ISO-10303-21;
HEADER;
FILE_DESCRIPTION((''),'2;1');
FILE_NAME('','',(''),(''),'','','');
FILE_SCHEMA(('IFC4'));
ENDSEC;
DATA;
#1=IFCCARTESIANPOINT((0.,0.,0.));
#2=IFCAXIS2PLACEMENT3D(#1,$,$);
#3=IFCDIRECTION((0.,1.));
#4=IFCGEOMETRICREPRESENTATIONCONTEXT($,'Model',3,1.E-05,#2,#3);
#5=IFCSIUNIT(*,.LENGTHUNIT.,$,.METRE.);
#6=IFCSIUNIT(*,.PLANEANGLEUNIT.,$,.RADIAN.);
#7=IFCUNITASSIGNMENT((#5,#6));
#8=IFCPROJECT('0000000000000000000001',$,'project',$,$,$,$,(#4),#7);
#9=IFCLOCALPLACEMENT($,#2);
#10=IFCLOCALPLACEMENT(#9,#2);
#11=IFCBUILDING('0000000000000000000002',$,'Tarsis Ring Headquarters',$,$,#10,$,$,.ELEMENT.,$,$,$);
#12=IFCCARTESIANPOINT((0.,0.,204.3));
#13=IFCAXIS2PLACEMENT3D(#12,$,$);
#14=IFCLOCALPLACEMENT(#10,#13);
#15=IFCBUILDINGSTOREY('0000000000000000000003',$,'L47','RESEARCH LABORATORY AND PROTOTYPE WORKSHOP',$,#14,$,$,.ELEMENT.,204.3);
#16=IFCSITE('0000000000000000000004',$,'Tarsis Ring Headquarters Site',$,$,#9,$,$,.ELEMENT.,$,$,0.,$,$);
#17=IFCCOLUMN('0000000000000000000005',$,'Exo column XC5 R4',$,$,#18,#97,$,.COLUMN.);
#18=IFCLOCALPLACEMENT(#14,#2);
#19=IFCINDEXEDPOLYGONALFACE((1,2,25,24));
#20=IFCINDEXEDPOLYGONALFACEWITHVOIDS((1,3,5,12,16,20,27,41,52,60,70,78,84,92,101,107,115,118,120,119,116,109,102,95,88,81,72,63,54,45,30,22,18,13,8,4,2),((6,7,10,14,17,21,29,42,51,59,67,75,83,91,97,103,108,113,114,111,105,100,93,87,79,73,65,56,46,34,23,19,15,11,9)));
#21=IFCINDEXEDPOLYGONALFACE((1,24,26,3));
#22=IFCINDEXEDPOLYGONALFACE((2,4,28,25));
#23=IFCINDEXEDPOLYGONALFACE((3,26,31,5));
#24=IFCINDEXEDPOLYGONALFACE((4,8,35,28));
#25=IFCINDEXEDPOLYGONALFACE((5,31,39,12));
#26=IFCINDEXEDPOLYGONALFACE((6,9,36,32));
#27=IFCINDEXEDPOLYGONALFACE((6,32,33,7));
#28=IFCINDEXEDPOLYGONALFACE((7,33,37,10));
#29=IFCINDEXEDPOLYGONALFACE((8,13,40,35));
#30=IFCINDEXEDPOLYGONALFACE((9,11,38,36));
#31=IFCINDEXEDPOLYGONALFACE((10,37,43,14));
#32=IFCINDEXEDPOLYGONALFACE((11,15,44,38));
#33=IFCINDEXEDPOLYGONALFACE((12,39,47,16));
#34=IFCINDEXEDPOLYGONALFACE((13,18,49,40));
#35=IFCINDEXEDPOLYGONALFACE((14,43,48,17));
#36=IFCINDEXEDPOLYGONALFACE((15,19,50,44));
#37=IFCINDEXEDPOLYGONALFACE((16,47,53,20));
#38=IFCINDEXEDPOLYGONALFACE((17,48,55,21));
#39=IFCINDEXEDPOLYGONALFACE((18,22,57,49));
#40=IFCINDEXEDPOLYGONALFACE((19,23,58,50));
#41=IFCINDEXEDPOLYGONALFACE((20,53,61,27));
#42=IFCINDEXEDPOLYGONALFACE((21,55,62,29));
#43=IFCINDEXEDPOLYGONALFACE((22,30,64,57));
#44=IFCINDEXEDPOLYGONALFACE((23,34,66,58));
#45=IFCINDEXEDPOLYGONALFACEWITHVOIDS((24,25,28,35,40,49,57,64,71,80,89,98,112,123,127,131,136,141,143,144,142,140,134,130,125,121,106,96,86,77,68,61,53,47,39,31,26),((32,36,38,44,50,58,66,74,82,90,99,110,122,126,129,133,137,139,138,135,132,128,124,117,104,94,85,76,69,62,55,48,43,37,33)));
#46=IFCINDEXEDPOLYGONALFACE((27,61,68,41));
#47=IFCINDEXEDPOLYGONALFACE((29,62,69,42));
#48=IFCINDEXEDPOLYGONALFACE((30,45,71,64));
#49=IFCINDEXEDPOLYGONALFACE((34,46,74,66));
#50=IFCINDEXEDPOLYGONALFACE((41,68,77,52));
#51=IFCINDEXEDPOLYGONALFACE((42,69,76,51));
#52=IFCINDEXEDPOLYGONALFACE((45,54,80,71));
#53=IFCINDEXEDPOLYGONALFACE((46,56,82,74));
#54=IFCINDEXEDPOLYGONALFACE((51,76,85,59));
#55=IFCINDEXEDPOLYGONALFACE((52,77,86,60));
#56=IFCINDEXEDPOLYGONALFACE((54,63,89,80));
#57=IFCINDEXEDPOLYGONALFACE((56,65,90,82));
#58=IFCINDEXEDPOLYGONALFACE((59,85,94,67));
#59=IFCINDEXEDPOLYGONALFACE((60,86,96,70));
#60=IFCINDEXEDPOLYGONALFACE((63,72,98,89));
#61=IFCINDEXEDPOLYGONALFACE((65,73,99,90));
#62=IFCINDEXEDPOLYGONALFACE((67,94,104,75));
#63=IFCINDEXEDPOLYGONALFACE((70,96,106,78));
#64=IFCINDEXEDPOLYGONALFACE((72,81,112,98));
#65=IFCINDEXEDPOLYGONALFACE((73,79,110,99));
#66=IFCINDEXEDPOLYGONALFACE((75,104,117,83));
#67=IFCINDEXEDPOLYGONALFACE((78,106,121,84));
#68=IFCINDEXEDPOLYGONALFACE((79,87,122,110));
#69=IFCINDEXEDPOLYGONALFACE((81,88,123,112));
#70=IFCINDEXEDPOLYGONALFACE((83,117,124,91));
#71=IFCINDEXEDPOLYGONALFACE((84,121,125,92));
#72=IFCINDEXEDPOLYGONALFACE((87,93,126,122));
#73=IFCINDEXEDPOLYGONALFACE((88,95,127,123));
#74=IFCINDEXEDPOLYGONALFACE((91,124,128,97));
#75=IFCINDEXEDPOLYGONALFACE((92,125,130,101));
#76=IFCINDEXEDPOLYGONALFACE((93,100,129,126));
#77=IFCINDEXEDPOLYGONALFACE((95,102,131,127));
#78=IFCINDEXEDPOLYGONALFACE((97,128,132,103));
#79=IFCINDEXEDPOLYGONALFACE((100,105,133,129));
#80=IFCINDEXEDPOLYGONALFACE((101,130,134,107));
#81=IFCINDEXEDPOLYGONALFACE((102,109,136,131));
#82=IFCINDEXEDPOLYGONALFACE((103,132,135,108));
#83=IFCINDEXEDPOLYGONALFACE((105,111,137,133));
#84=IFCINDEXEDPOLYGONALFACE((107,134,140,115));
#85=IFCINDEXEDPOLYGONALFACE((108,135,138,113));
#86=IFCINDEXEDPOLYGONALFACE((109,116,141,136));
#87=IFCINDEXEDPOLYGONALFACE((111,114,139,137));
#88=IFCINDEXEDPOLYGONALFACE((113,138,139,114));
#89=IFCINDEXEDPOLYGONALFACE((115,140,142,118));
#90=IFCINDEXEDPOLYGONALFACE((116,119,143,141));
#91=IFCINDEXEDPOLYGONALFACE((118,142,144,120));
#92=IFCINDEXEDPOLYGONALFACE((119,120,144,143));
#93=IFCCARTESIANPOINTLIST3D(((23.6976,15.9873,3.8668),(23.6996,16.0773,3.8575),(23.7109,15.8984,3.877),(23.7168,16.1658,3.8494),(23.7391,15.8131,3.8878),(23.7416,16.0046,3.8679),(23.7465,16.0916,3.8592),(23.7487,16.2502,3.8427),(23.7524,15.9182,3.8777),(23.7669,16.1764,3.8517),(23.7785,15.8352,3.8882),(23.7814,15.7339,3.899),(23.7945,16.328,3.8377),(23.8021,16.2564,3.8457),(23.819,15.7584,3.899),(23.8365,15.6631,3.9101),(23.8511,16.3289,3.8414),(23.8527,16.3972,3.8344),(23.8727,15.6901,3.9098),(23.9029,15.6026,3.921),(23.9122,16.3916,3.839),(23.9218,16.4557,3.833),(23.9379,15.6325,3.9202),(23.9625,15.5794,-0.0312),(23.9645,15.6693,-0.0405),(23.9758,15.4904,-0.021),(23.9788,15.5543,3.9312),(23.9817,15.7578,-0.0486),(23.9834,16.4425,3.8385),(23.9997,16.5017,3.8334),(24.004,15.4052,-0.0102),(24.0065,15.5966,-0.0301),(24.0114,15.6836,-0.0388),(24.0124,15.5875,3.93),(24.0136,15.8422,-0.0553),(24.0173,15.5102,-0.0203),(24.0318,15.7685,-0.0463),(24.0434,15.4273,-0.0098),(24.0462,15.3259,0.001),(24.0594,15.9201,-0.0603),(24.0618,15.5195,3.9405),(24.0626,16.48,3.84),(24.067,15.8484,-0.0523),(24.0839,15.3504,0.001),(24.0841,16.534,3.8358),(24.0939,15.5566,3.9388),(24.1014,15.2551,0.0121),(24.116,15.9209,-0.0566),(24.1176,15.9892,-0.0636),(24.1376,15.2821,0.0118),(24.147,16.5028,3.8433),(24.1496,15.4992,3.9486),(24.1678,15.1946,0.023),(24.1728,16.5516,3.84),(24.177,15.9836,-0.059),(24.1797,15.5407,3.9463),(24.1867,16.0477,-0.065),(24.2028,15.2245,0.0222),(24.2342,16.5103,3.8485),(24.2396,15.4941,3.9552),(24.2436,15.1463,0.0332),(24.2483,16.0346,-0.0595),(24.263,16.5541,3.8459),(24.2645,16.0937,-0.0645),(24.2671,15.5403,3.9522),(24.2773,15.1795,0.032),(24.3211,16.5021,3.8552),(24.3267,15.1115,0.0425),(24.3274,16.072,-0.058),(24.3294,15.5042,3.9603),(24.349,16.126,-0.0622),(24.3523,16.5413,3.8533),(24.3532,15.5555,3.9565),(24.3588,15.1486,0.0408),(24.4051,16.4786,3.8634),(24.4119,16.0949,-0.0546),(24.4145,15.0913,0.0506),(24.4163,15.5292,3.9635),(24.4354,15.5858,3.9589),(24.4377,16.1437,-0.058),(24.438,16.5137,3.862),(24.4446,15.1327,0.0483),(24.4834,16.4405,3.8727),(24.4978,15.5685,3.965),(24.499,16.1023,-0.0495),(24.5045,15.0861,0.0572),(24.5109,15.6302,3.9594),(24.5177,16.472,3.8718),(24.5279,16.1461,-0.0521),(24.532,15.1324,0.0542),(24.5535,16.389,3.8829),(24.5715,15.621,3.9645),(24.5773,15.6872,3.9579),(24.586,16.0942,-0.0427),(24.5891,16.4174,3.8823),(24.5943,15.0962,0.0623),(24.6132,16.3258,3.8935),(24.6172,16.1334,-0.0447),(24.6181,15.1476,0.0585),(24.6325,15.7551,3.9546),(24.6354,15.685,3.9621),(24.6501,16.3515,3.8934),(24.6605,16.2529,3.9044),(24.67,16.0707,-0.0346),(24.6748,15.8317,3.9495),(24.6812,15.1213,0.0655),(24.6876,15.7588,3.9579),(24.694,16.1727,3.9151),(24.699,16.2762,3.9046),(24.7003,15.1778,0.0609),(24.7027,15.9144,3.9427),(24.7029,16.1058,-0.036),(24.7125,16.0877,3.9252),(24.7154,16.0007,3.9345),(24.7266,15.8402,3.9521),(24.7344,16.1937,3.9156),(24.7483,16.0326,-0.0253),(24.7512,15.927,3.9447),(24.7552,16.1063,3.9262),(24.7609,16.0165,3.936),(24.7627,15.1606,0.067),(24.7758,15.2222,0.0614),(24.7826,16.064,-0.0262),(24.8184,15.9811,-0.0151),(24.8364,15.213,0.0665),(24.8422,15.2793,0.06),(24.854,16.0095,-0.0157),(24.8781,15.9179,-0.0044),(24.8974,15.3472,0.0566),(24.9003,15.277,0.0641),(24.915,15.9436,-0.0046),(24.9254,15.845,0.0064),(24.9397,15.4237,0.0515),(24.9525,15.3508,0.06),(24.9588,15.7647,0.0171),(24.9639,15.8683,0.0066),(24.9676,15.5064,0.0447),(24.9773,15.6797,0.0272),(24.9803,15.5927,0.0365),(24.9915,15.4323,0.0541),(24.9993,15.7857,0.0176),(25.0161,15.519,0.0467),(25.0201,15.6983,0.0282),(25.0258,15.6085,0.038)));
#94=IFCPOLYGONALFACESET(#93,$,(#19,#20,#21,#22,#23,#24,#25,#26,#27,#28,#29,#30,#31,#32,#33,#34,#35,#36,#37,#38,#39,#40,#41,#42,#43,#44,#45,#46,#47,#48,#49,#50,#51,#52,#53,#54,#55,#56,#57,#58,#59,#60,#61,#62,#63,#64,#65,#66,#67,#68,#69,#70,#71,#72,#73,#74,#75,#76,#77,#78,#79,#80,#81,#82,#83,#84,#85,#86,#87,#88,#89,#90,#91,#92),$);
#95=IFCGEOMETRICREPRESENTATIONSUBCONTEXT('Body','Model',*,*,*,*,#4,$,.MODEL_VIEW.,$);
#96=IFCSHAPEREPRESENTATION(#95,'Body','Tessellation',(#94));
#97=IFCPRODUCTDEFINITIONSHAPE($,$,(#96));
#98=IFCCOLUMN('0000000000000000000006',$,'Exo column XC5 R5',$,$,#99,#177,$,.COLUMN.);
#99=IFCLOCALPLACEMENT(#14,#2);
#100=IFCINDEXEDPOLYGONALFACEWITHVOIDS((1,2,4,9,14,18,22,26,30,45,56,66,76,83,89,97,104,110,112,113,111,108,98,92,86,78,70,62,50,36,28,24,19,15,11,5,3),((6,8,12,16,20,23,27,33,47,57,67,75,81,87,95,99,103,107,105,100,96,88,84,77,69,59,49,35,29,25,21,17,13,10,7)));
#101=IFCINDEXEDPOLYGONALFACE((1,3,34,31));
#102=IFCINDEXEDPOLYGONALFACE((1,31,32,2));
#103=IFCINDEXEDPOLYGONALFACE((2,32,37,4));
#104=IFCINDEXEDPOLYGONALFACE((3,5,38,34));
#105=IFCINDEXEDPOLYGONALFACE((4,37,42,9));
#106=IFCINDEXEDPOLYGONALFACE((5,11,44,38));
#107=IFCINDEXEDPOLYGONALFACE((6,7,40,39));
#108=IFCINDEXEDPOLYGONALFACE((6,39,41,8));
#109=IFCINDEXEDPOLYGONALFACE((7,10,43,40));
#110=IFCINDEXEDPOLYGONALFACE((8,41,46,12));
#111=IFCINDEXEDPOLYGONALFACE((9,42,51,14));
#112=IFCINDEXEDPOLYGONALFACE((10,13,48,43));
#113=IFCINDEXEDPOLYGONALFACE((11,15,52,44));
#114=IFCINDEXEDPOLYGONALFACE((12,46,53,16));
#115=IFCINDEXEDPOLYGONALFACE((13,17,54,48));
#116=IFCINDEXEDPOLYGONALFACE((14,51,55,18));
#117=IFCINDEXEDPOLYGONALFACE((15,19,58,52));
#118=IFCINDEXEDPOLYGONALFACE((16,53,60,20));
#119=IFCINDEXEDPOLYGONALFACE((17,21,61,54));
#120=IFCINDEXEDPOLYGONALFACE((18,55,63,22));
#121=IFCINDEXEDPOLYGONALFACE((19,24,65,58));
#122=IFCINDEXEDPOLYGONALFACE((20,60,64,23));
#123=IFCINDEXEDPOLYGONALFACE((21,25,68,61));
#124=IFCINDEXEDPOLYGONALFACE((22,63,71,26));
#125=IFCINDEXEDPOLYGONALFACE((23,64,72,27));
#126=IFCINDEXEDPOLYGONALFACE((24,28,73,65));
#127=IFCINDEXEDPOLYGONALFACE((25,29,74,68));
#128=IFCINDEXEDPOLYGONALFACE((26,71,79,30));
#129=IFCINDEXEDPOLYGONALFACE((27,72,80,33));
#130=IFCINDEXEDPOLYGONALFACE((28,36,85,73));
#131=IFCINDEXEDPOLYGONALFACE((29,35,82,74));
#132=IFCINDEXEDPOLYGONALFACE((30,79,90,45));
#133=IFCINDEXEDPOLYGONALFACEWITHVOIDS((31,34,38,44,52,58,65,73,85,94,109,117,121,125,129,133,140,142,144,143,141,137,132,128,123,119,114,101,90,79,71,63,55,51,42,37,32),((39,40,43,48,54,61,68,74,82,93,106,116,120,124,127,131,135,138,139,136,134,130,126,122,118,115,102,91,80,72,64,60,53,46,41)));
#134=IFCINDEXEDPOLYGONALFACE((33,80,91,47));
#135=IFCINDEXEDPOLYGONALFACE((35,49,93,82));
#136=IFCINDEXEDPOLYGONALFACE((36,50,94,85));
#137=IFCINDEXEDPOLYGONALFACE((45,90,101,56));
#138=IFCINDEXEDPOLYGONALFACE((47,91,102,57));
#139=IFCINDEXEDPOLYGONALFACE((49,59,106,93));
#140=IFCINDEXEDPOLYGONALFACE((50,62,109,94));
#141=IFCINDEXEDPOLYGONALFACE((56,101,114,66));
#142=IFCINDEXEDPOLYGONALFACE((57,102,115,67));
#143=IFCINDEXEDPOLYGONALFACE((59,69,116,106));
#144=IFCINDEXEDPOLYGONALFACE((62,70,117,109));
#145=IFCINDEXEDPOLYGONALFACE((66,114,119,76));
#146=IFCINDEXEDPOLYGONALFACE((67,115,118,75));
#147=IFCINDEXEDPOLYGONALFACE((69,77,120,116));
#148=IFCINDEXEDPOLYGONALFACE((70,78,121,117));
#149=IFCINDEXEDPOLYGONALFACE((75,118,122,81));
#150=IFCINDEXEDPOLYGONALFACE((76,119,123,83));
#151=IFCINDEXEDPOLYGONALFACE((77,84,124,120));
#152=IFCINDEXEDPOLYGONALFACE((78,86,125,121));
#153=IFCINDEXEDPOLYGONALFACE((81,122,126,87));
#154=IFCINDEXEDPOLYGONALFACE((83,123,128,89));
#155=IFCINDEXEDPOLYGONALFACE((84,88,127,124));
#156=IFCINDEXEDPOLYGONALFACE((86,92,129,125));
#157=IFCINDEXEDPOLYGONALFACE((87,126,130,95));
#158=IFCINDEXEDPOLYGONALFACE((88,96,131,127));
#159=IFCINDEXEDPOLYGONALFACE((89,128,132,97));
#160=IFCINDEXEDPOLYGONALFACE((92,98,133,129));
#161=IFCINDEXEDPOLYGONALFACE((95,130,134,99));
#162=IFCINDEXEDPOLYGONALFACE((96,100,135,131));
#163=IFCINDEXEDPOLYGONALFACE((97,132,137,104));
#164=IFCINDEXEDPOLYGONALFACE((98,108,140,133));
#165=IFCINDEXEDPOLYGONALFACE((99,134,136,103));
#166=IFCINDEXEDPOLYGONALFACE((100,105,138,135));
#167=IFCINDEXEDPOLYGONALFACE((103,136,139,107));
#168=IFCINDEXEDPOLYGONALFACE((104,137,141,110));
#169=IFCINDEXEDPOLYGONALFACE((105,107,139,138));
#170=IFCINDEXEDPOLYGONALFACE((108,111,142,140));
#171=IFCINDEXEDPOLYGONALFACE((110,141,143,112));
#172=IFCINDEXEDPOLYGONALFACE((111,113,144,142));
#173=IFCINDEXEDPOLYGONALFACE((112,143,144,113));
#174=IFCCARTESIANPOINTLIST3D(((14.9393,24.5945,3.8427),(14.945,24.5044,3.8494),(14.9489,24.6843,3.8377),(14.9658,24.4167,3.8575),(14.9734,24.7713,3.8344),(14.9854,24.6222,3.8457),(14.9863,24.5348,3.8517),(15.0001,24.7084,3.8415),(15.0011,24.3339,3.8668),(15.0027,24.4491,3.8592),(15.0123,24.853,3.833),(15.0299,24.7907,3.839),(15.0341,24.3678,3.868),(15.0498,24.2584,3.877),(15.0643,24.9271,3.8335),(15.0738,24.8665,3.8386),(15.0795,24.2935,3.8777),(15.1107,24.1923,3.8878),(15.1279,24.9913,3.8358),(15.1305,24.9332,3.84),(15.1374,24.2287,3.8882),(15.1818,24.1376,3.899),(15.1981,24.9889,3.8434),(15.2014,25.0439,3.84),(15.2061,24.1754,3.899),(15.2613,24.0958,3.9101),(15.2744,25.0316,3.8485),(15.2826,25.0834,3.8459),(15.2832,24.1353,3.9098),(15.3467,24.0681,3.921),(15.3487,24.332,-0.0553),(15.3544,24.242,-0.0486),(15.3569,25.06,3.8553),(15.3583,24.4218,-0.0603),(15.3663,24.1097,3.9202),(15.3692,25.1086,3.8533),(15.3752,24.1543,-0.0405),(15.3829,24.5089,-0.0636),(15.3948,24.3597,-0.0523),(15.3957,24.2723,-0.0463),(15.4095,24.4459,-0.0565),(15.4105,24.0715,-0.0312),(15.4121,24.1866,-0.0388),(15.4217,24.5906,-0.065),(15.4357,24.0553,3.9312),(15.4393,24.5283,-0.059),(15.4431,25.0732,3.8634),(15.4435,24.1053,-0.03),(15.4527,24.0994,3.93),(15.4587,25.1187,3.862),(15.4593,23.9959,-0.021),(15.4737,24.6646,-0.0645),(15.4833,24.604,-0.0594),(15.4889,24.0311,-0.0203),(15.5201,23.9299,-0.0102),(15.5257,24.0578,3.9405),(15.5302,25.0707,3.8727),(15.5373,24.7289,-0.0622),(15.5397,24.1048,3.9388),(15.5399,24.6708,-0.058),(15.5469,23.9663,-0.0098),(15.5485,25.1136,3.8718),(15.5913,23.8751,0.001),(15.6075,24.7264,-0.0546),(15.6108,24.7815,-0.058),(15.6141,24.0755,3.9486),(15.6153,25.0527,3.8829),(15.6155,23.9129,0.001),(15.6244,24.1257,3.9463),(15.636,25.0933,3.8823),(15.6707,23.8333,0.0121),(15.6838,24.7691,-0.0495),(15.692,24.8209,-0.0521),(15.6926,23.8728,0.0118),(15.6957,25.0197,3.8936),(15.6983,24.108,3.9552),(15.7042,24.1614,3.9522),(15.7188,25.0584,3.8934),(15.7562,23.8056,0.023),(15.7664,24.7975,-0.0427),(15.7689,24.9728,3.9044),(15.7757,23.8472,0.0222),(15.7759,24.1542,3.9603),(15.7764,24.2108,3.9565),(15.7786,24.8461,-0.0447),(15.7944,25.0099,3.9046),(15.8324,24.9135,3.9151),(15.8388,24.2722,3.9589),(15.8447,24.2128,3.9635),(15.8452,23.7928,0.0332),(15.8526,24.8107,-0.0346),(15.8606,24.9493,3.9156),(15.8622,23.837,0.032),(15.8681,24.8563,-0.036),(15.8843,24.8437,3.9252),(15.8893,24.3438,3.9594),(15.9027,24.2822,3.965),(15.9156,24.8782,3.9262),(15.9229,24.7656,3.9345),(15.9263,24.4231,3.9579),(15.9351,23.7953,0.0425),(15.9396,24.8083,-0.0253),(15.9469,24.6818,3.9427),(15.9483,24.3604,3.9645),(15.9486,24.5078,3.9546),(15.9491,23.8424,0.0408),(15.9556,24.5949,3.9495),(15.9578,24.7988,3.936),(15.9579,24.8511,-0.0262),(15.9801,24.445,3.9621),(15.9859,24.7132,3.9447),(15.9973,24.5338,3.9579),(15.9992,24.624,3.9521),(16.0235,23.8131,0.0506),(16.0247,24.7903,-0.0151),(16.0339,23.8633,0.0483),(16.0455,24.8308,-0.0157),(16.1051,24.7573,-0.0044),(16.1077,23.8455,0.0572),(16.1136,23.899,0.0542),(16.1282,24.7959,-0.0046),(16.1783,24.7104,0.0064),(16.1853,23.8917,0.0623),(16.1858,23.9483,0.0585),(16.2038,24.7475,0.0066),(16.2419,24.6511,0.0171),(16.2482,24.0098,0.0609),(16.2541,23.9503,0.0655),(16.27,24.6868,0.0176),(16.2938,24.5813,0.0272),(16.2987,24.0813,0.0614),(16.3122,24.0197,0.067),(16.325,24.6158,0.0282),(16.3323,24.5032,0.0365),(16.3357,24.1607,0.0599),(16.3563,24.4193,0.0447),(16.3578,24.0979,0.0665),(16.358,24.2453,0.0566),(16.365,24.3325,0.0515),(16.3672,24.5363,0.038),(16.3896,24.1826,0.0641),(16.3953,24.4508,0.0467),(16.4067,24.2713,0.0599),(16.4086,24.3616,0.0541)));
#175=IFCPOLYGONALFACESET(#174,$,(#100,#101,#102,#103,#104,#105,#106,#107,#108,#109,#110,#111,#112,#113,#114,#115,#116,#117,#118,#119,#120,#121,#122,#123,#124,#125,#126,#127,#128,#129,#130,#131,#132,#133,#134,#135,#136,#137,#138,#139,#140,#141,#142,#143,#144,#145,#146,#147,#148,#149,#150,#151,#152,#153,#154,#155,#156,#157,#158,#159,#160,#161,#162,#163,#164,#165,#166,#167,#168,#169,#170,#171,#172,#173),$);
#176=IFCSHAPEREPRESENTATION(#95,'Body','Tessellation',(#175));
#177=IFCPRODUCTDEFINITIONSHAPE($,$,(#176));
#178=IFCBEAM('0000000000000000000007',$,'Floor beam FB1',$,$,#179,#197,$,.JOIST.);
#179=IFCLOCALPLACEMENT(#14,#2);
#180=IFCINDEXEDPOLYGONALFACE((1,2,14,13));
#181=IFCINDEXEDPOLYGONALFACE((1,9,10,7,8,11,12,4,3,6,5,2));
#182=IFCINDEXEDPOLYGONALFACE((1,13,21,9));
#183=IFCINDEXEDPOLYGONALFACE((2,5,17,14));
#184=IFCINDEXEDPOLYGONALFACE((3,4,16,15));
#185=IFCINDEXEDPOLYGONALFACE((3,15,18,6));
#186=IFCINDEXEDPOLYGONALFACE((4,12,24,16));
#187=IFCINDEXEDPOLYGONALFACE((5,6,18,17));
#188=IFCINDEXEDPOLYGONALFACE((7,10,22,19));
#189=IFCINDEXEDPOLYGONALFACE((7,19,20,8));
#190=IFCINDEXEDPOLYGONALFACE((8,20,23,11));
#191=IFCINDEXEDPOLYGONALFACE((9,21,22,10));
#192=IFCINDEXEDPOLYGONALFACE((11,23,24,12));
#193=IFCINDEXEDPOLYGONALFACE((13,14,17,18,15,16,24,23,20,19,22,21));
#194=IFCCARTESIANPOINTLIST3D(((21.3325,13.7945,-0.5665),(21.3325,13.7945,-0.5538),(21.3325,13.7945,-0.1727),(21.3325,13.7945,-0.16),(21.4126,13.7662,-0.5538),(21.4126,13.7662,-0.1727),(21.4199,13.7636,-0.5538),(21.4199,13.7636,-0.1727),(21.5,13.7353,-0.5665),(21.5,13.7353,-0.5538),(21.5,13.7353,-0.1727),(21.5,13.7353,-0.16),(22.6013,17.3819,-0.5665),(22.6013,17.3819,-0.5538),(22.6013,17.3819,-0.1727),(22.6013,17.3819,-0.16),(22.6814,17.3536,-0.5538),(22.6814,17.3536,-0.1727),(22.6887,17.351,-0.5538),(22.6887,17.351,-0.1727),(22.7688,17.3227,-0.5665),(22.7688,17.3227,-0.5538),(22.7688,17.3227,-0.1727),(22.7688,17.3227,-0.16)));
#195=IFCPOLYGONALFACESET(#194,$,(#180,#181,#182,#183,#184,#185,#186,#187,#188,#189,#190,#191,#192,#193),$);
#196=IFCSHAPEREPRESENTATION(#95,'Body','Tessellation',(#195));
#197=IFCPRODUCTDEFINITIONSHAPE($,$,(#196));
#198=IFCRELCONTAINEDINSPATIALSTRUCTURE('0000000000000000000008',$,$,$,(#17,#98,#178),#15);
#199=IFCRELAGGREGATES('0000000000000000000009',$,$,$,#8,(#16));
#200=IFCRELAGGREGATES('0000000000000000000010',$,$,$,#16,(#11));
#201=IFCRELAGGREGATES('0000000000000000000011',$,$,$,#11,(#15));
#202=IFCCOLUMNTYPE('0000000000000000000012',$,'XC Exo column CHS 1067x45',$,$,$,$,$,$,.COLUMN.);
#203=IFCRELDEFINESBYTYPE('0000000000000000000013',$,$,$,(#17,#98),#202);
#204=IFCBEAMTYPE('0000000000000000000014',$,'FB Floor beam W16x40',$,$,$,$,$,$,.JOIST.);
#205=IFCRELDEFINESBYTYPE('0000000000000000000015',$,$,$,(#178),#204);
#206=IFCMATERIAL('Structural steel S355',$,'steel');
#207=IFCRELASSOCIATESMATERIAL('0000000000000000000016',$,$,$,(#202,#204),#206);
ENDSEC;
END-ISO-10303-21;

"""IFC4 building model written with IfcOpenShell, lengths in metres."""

from ifc_helpers import new_model, si_unit, direction, frame, origin, origin_2d, place, context, subcontext, project, spatial, hollow_circle, i_section, extrude, material, material_profile, profile_set, type_object, element, save


model = new_model("IFC4")

# Units and contexts
model_context = context("Model", 3, precision=1e-05, world=origin(), true_north=direction((0.0, 1.0)))
body_context = subcontext(model_context, "Body", "Model", "MODEL_VIEW")
ifc_project = project(units=[si_unit("LENGTHUNIT", "METRE"), si_unit("PLANEANGLEUNIT", "RADIAN")], contexts=[model_context])

# Site, building, storey
site_placement = place(None, origin())
site = spatial("IfcSite", under=ifc_project, at=site_placement, Name="Tarsis Ring Headquarters Site", CompositionType="ELEMENT", RefElevation=0.0)
building_placement = place(site_placement, origin())
building = spatial("IfcBuilding", under=site, at=building_placement, Name="Tarsis Ring Headquarters", CompositionType="ELEMENT")
storey_placement = place(building_placement, frame((0.0, 0.0, 204.3)))
storey = spatial("IfcBuildingStorey", under=building, at=storey_placement, Name="L47", Description="RESEARCH LABORATORY AND PROTOTYPE WORKSHOP", CompositionType="ELEMENT", Elevation=204.3)

# Columns
ifc_material_1 = material(Name="Structural steel S355", Category="steel")
ifc_material_profile_1 = material_profile(ifc_material_1, hollow_circle(Radius=0.5334, WallThickness=0.0449, at=origin_2d()), Name="CHS 1067x45")
ifc_profile_set_1 = profile_set([ifc_material_profile_1], Name="Structural steel S355")
column_type = type_object("IfcColumnType", Name="XC Exo column CHS 1067x45", PredefinedType="COLUMN", material=ifc_profile_set_1)
for number, where, z_axis, x_axis, name in (
    (1, (24.4937, 15.6165, 0.001), (-0.067434, 0.103854, 0.992304), (-0.838707, -0.544583, 0.0), "Exo column XC5 R4"),
    (2, (15.8792, 24.3242, 0.001), (-0.104228, 0.066813, 0.992307), (-0.539666, -0.841879, 0.0), "Exo column XC5 R5"),
):
    element("IfcColumn", number, at=place(storey_placement, frame(where, z_axis=z_axis, x_axis=x_axis)), inside=storey, type_object=column_type, Name=name, PredefinedType="COLUMN", context=body_context, shape_type="SweptSolid", body=[
        extrude(hollow_circle(Radius=0.5334, WallThickness=0.0449, at=origin_2d()), origin(), (0.0, 0.0, 1.0), 3.9282),
    ])

# Beam
ifc_material_profile_2 = material_profile(ifc_material_1, i_section(OverallWidth=0.1777, OverallDepth=0.4065, WebThickness=0.0078, FlangeThickness=0.0127, at=origin_2d()), Name="W16x40")
ifc_profile_set_2 = profile_set([ifc_material_profile_2], Name="Structural steel S355")
beam_type_1 = type_object("IfcBeamType", Name="FB Floor beam W16x40", PredefinedType="JOIST", material=ifc_profile_set_2)
beam_1_placement = place(storey_placement, frame((22.6851, 17.3523, -0.3633), z_axis=(-0.333441, -0.942771, 0.0), x_axis=(0.942771, -0.333441, 0.0)))
element("IfcBeam", 3, at=beam_1_placement, inside=storey, type_object=beam_type_1, Name="Floor beam FB1", PredefinedType="JOIST", context=body_context, shape_type="SweptSolid", body=[
    extrude(i_section(OverallWidth=0.1777, OverallDepth=0.4065, WebThickness=0.0078, FlangeThickness=0.0127, at=origin_2d()), origin(), (0.0, 0.0, 1.0), 3.8052),
])

save(model, "model.ifc")
